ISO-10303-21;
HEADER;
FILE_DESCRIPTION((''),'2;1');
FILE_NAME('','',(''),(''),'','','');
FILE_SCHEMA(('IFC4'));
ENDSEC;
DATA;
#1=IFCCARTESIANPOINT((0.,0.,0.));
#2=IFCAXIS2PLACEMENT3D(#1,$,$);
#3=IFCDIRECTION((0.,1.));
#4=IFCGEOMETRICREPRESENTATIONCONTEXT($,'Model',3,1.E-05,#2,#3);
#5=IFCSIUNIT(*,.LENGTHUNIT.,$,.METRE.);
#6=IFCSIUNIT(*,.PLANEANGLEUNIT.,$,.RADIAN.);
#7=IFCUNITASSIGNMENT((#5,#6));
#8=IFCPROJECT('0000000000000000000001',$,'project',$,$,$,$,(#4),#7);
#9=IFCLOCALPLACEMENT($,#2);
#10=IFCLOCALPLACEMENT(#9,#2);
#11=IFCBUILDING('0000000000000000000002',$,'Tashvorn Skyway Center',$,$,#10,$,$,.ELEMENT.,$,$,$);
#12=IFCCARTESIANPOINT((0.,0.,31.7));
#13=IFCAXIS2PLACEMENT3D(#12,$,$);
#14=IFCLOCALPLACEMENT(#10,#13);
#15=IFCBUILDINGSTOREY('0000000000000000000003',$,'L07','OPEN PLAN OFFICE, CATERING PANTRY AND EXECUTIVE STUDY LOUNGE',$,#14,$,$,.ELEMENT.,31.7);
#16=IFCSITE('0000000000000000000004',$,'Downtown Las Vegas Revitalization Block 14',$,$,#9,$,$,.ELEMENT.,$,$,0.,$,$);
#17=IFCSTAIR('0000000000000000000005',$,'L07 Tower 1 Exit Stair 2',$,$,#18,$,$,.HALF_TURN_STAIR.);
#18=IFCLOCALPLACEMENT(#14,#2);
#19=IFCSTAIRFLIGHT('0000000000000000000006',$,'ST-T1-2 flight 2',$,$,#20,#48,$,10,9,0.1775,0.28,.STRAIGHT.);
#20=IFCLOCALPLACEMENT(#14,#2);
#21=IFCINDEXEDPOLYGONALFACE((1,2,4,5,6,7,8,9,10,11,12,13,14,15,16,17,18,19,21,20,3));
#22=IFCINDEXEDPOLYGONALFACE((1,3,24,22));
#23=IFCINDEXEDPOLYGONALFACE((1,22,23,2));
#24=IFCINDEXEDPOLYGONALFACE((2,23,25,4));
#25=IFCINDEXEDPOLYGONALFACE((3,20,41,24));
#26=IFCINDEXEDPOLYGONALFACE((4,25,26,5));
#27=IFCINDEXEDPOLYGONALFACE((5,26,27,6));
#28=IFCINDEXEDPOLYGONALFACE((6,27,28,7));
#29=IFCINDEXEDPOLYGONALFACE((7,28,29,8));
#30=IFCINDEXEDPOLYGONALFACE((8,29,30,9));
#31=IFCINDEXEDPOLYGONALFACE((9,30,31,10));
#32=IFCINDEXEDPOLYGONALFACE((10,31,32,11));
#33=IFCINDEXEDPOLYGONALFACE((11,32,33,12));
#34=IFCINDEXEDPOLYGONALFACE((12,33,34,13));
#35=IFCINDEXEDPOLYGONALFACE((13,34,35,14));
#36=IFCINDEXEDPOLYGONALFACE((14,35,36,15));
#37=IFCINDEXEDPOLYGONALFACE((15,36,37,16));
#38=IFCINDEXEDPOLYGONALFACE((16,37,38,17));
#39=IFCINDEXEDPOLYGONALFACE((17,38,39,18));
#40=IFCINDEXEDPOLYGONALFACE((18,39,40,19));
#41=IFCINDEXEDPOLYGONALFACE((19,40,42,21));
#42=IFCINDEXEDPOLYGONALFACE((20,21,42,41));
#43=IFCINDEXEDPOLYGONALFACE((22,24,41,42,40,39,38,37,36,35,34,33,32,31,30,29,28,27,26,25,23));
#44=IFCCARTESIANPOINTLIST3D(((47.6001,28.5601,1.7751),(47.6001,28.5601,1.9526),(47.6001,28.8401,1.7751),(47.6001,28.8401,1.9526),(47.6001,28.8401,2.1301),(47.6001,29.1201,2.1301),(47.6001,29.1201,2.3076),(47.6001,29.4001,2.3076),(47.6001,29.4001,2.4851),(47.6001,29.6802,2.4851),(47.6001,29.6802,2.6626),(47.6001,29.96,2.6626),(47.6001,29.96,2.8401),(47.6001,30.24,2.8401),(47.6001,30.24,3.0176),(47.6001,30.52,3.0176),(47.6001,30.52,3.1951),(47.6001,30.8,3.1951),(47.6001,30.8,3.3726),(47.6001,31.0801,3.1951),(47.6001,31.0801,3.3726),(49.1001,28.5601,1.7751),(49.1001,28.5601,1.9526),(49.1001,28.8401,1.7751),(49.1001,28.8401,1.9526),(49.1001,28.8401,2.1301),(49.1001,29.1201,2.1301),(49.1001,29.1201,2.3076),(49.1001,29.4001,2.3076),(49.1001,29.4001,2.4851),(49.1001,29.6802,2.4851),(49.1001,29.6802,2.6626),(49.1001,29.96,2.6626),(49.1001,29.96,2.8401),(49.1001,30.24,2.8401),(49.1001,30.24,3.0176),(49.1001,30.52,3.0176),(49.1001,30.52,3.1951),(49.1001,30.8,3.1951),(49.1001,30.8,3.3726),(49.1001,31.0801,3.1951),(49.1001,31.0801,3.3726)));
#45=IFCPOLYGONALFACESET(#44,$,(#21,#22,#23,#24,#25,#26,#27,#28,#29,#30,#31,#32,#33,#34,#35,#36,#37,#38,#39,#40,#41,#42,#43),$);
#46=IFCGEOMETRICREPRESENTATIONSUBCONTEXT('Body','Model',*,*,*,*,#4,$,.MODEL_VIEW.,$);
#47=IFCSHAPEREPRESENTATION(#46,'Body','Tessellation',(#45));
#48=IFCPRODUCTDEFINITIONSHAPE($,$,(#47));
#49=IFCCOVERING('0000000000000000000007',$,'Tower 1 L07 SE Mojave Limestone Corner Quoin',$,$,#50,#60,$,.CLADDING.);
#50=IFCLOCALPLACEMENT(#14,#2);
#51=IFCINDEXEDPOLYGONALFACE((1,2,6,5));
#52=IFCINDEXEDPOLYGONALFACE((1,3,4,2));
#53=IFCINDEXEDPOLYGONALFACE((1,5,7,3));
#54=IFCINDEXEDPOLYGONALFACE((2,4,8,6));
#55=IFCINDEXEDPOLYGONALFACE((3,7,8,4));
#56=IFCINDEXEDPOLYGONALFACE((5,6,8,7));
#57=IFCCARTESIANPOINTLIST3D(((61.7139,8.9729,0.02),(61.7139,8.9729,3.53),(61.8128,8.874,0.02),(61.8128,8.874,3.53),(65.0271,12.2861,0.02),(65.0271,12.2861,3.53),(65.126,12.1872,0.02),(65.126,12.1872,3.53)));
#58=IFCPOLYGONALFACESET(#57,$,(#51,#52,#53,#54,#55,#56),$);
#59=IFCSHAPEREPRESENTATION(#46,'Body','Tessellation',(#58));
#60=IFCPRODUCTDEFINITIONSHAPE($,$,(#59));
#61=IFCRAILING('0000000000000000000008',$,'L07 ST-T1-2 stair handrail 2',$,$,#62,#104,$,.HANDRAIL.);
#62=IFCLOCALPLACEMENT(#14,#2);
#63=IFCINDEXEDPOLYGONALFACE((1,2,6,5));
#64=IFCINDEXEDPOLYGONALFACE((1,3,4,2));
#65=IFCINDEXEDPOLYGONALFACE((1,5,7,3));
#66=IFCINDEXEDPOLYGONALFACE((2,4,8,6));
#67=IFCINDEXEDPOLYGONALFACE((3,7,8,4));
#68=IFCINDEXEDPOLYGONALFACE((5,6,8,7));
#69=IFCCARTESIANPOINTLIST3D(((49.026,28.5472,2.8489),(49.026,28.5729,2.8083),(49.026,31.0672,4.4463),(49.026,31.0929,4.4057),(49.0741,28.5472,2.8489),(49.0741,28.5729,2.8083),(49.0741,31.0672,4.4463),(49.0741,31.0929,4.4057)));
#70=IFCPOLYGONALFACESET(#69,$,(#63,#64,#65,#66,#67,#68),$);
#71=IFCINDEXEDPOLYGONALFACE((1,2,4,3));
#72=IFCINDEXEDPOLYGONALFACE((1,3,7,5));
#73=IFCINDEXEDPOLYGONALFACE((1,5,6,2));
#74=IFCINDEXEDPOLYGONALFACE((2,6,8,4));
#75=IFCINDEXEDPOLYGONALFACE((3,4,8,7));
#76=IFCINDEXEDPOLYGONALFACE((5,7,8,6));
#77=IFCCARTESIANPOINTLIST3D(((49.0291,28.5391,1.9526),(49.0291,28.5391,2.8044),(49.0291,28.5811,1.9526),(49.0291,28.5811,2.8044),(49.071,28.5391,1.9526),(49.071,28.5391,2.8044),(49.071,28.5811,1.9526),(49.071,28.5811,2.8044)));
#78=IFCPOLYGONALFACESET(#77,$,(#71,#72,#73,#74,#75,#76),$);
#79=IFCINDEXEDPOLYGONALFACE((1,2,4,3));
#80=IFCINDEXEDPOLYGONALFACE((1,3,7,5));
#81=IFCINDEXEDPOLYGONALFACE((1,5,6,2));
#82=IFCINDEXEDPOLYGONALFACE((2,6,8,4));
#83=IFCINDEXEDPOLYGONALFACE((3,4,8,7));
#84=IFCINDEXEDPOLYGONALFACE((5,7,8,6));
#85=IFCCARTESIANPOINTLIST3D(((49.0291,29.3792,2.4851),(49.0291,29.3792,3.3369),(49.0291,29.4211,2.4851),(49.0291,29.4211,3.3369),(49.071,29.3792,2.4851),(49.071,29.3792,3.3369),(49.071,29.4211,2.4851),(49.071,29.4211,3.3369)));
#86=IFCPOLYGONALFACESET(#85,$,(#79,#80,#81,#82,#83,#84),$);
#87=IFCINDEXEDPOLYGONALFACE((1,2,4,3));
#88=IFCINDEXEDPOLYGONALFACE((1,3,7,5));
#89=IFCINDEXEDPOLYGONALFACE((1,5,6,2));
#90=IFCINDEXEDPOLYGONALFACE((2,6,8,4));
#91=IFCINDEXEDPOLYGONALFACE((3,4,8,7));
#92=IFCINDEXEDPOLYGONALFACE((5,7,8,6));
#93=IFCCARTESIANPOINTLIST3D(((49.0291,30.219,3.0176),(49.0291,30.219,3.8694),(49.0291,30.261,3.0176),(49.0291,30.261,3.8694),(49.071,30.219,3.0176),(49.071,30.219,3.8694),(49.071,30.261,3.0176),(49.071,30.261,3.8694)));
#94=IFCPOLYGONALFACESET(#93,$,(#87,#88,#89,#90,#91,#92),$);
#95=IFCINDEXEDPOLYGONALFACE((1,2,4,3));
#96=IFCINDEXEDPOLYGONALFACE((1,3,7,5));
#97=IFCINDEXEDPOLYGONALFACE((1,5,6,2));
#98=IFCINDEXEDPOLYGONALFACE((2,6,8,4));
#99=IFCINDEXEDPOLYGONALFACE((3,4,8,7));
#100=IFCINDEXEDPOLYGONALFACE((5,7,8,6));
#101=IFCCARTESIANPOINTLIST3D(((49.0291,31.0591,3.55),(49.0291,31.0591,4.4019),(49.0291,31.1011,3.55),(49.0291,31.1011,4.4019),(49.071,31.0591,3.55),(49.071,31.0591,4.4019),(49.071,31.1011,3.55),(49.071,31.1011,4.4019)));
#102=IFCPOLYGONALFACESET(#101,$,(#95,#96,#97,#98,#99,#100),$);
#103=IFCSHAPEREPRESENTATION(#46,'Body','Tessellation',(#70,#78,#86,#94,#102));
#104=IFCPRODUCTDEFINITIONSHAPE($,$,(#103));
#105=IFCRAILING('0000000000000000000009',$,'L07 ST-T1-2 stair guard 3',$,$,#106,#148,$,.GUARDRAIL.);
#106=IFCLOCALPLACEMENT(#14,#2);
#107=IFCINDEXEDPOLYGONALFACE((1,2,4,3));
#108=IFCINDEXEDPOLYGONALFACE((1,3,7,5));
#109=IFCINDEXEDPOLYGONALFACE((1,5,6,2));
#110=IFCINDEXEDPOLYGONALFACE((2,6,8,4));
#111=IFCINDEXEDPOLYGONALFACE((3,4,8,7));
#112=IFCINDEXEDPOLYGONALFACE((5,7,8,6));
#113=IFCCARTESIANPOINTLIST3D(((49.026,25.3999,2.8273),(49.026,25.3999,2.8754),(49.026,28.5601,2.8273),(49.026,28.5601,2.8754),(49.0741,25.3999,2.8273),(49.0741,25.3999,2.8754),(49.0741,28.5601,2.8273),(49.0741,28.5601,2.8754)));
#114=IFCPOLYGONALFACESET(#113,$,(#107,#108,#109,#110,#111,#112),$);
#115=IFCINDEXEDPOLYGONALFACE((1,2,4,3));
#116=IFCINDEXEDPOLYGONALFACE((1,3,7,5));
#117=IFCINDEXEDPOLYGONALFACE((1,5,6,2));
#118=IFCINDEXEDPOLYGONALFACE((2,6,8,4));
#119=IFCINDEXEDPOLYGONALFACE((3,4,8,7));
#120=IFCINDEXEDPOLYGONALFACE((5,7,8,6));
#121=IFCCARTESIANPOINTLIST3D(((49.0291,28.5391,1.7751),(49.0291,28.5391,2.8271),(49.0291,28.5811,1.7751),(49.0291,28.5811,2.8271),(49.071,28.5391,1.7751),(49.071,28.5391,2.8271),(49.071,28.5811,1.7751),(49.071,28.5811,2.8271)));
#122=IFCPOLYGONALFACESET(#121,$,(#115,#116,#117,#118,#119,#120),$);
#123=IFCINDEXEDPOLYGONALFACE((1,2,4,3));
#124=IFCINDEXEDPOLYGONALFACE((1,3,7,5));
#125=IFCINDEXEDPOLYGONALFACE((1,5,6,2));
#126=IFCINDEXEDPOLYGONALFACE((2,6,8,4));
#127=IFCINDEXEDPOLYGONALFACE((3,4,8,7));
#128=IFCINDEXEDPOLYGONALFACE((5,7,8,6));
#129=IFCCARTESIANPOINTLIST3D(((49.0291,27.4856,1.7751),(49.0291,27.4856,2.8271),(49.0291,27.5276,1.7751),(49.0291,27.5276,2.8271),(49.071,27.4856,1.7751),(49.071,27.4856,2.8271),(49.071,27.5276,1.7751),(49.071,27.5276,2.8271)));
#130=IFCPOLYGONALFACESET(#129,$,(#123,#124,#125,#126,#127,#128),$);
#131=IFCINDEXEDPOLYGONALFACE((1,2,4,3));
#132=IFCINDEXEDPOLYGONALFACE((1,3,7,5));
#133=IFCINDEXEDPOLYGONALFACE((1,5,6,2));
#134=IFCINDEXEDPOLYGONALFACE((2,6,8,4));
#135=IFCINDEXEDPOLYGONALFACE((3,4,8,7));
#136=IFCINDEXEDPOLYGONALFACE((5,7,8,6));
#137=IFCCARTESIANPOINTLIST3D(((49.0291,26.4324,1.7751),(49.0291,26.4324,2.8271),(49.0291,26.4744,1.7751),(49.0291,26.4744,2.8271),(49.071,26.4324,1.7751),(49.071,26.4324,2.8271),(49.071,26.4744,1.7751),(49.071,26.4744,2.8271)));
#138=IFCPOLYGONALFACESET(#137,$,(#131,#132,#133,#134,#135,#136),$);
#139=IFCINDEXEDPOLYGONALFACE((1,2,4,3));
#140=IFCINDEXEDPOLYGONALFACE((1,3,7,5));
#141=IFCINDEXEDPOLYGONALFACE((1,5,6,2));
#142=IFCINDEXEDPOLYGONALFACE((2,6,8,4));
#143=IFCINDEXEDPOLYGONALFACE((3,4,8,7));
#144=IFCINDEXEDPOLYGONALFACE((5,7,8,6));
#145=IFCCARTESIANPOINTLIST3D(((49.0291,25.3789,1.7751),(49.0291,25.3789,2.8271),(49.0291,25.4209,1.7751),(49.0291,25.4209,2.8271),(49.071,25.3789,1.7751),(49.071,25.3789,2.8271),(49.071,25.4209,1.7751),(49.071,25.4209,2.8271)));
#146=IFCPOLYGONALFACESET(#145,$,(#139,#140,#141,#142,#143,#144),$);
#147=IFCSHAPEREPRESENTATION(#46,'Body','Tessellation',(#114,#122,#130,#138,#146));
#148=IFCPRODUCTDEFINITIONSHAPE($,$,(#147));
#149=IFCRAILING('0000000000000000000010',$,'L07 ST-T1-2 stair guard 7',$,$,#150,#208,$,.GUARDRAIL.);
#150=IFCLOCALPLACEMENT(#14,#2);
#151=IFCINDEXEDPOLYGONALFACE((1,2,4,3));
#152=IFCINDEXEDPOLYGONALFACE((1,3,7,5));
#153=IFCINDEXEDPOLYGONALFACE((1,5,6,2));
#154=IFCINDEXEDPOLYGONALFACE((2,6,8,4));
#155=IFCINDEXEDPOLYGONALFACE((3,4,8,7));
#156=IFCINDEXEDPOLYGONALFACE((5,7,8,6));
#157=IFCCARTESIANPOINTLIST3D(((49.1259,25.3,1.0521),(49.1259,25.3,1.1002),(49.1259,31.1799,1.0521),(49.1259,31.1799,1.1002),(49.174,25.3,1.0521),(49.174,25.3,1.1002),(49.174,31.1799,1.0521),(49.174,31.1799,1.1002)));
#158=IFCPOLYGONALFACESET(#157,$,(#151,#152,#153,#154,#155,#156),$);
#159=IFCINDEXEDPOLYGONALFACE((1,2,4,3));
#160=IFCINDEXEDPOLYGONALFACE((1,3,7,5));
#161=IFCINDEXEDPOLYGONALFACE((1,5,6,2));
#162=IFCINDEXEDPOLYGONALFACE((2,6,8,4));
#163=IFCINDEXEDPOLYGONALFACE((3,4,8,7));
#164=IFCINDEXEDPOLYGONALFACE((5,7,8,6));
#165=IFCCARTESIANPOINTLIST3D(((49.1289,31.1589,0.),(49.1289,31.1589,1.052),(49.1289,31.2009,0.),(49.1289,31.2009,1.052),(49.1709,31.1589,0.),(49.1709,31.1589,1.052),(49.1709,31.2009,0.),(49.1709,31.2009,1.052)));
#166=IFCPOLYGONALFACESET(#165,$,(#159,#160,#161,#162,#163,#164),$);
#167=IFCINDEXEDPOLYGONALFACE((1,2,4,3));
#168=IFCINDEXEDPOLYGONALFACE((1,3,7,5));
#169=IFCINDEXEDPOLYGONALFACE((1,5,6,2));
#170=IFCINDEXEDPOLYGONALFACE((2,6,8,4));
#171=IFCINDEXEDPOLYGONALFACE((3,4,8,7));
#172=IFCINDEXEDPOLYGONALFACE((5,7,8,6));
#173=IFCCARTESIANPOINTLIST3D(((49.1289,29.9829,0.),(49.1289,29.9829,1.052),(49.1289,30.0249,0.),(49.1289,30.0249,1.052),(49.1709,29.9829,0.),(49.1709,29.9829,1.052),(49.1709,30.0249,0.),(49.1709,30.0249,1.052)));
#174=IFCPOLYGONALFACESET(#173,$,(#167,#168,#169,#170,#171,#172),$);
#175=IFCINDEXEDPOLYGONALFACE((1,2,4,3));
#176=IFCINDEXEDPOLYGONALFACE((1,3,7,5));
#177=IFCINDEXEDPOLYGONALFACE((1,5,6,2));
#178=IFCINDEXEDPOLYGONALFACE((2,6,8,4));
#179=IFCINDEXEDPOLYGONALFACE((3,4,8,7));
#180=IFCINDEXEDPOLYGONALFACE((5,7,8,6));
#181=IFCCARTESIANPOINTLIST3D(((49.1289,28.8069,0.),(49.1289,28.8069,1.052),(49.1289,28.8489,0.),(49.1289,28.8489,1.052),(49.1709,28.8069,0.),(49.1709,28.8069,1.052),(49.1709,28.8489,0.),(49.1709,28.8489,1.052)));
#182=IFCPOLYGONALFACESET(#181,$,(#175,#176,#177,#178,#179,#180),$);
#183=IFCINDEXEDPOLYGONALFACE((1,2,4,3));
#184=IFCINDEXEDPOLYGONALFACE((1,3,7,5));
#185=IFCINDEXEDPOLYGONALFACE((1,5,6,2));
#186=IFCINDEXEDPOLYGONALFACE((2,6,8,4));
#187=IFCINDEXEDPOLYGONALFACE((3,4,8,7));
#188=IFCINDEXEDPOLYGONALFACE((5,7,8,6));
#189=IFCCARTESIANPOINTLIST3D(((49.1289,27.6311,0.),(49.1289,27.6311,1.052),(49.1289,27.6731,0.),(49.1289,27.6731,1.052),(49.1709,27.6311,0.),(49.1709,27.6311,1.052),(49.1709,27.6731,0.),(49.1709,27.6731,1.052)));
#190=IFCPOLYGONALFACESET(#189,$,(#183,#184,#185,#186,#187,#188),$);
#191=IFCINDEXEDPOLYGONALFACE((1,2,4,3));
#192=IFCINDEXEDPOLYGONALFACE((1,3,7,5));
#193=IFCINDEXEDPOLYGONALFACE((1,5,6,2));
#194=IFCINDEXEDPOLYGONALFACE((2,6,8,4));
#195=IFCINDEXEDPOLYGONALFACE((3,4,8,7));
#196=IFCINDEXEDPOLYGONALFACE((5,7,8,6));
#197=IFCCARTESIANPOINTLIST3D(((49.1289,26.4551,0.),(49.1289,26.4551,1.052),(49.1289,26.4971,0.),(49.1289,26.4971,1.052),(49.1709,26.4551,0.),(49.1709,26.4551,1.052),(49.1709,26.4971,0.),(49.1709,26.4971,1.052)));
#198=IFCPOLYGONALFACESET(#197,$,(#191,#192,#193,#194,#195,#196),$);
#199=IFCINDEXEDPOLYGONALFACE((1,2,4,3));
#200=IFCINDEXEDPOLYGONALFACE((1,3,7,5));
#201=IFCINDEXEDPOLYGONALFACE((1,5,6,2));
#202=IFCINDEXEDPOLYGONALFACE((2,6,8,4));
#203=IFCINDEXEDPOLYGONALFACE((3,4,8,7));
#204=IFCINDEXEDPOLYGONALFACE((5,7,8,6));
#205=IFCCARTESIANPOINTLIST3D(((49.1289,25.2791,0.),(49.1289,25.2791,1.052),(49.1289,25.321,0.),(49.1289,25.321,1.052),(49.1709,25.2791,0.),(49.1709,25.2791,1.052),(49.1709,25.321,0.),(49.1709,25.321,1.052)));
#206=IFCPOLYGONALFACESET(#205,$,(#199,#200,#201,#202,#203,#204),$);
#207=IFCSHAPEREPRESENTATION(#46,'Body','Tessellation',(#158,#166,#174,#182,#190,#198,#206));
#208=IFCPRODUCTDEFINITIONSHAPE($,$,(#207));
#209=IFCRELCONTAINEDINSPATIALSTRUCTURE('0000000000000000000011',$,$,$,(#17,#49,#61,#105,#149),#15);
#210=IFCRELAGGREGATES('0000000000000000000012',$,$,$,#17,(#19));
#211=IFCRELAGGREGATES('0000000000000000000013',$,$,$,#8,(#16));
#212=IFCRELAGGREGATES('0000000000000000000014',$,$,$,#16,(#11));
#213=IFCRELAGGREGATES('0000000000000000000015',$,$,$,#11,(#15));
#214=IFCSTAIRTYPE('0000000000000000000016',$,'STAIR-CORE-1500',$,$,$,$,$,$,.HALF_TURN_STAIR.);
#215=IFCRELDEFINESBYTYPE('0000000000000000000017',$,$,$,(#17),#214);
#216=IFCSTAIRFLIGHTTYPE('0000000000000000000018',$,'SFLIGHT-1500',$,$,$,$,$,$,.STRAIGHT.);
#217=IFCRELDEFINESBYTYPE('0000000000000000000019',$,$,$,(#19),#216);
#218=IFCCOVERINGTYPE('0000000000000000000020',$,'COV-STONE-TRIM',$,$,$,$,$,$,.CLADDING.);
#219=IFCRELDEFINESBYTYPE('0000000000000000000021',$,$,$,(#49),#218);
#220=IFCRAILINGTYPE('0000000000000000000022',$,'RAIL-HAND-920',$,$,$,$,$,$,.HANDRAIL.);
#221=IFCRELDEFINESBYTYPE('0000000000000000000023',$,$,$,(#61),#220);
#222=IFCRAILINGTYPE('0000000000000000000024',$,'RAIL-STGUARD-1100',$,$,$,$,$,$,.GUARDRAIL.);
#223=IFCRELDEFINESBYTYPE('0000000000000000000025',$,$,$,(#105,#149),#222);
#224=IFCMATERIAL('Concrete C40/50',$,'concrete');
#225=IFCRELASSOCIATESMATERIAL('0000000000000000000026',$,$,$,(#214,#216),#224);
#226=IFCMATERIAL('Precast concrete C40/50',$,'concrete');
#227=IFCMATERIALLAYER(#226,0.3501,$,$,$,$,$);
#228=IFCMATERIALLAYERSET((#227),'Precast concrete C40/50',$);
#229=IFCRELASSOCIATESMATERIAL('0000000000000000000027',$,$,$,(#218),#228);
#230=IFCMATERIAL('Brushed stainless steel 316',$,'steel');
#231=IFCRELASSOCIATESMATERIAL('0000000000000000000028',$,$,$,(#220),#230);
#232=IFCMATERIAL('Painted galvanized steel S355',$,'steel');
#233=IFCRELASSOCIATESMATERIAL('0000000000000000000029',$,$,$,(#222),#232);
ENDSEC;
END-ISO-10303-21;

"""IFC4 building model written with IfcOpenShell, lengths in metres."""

from ifc_helpers import new_model, si_unit, direction, frame, origin, origin_2d, place, context, subcontext, project, spatial, polyline, rectangle, outline, extrude, material, layer, layer_set, type_object, element, aggregate, save


model = new_model("IFC4")

# Units and contexts
model_context = context("Model", 3, precision=1e-05, world=origin(), true_north=direction((0.0, 1.0)))
body_context = subcontext(model_context, "Body", "Model", "MODEL_VIEW")
ifc_project = project(units=[si_unit("LENGTHUNIT", "METRE"), si_unit("PLANEANGLEUNIT", "RADIAN")], contexts=[model_context])

# Site, building, storey
site_placement = place(None, origin())
site = spatial("IfcSite", under=ifc_project, at=site_placement, Name="Downtown Las Vegas Revitalization Block 14", CompositionType="ELEMENT", RefElevation=0.0)
building_placement = place(site_placement, origin())
building = spatial("IfcBuilding", under=site, at=building_placement, Name="Tashvorn Skyway Center", CompositionType="ELEMENT")
storey_placement = place(building_placement, frame((0.0, 0.0, 31.7)))
storey = spatial("IfcBuildingStorey", under=building, at=storey_placement, Name="L07", Description="OPEN PLAN OFFICE, CATERING PANTRY AND EXECUTIVE STUDY LOUNGE", CompositionType="ELEMENT", Elevation=31.7)

# Stair, stair flight
ifc_material_1 = material(Name="Concrete C40/50", Category="concrete")
stair_type = type_object("IfcStairType", Name="STAIR-CORE-1500", PredefinedType="HALF_TURN_STAIR", material=ifc_material_1)
stair_placement = place(storey_placement, origin())
stair = element("IfcStair", 1, at=stair_placement, inside=storey, type_object=stair_type, Name="L07 Tower 1 Exit Stair 2", PredefinedType="HALF_TURN_STAIR")
stair_flight_type = type_object("IfcStairFlightType", Name="SFLIGHT-1500", PredefinedType="STRAIGHT", material=ifc_material_1)
stair_flight_placement = place(storey_placement, frame((48.3501, 28.5601, 1.7751), z_axis=(0.0, 0.0, 1.0), x_axis=(0.0, 1.0, 0.0)))
stair_flight = element("IfcStairFlight", 2, at=stair_flight_placement, type_object=stair_flight_type, Name="ST-T1-2 flight 2", NumberOfRisers=10, NumberOfTreads=9, PredefinedType="STRAIGHT", RiserHeight=0.1775, TreadLength=0.28, context=body_context, shape_type="SweptSolid", body=[
    extrude(outline(polyline([(0.0, 0.0), (0.0, 0.1775), (0.28, 0.1775), (0.28, 0.355), (0.5601, 0.355), (0.5601, 0.5325), (0.8401, 0.5325), (0.8401, 0.71), (1.1201, 0.71), (1.1201, 0.8875), (1.3999, 0.8875), (1.3999, 1.0649), (1.6799, 1.0649), (1.6799, 1.2424), (1.96, 1.2424), (1.96, 1.4199), (2.24, 1.4199), (2.24, 1.5974), (2.52, 1.5974), (2.52, 1.7749), (2.52, 1.4199), (0.28, 0.0), (0.0, 0.0)])), frame((0.0, 0.75, 0.0), z_axis=(0.0, -1.0, 0.0), x_axis=(1.0, 0.0, 0.0)), (0.0, 0.0, 1.0), 1.5),
])
aggregate(stair, [stair_flight])

# Covering
ifc_material_2 = material(Name="Precast concrete C40/50", Category="concrete")
ifc_layer_1 = layer(ifc_material_2, 0.3501)
ifc_layer_set_1 = layer_set([ifc_layer_1], Name="Precast concrete C40/50")
covering_type = type_object("IfcCoveringType", Name="COV-STONE-TRIM", PredefinedType="CLADDING", material=ifc_layer_set_1)
covering_placement = place(storey_placement, frame((63.4199, 10.5801, 0.02), z_axis=(0.0, 0.0, 1.0), x_axis=(0.707107, 0.707107, 0.0)))
element("IfcCovering", 3, at=covering_placement, inside=storey, type_object=covering_type, Name="Tower 1 L07 SE Mojave Limestone Corner Quoin", PredefinedType="CLADDING", context=body_context, shape_type="SweptSolid", body=[
    extrude(rectangle(XDim=4.6855, YDim=0.1399, at=origin_2d()), origin(), (0.0, 0.0, 1.0), 3.51),
])

# Railings
ifc_material_3 = material(Name="Brushed stainless steel 316", Category="steel")
railing_type_1 = type_object("IfcRailingType", Name="RAIL-HAND-920", PredefinedType="HANDRAIL", material=ifc_material_3)
railing_1_placement = place(storey_placement, frame((49.05, 28.5601, 1.9526)))
element("IfcRailing", 4, at=railing_1_placement, inside=storey, type_object=railing_type_1, Name="L07 ST-T1-2 stair handrail 2", PredefinedType="HANDRAIL", context=body_context, shape_type="SweptSolid", body=[
    extrude(rectangle(XDim=0.0481, YDim=0.0481, at=origin_2d()), frame((0.0, 0.0, 0.876), z_axis=(0.0, 0.844607, 0.535387), x_axis=(-1.0, 0.0, 0.0)), (0.0, 0.0, 1.0), 2.9836),
    extrude(rectangle(XDim=0.042, YDim=0.042, at=origin_2d()), origin(), (0.0, 0.0, 1.0), 0.8518),
    extrude(rectangle(XDim=0.042, YDim=0.042, at=origin_2d()), frame((0.0, 0.8401, 0.5325)), (0.0, 0.0, 1.0), 0.8518),
    extrude(rectangle(XDim=0.042, YDim=0.042, at=origin_2d()), frame((0.0, 1.6799, 1.0649)), (0.0, 0.0, 1.0), 0.8518),
    extrude(rectangle(XDim=0.042, YDim=0.042, at=origin_2d()), frame((0.0, 2.52, 1.5974)), (0.0, 0.0, 1.0), 0.8518),
])
ifc_material_4 = material(Name="Painted galvanized steel S355", Category="steel")
railing_type_2 = type_object("IfcRailingType", Name="RAIL-STGUARD-1100", PredefinedType="GUARDRAIL", material=ifc_material_4)
railing_2_placement = place(storey_placement, frame((49.05, 28.5601, 1.7751)))
element("IfcRailing", 5, at=railing_2_placement, inside=storey, type_object=railing_type_2, Name="L07 ST-T1-2 stair guard 3", PredefinedType="GUARDRAIL", context=body_context, shape_type="SweptSolid", body=[
    extrude(rectangle(XDim=0.0481, YDim=0.0481, at=origin_2d()), frame((0.0, 0.0, 1.0762), z_axis=(0.0, -1.0, 0.0), x_axis=(1.0, 0.0, 0.0)), (0.0, 0.0, 1.0), 3.1602),
    extrude(rectangle(XDim=0.042, YDim=0.042, at=origin_2d()), origin(), (0.0, 0.0, 1.0), 1.052),
    extrude(rectangle(XDim=0.042, YDim=0.042, at=origin_2d()), frame((0.0, -1.0535, 0.0)), (0.0, 0.0, 1.0), 1.052),
    extrude(rectangle(XDim=0.042, YDim=0.042, at=origin_2d()), frame((0.0, -2.1067, 0.0)), (0.0, 0.0, 1.0), 1.052),
    extrude(rectangle(XDim=0.042, YDim=0.042, at=origin_2d()), frame((0.0, -3.1602, 0.0)), (0.0, 0.0, 1.0), 1.052),
])
railing_3_placement = place(storey_placement, frame((49.1499, 31.1799, 0.0)))
element("IfcRailing", 6, at=railing_3_placement, inside=storey, type_object=railing_type_2, Name="L07 ST-T1-2 stair guard 7", PredefinedType="GUARDRAIL", context=body_context, shape_type="SweptSolid", body=[
    extrude(rectangle(XDim=0.0481, YDim=0.0481, at=origin_2d()), frame((0.0, 0.0, 1.0762), z_axis=(0.0, -1.0, 0.0), x_axis=(1.0, 0.0, 0.0)), (0.0, 0.0, 1.0), 5.8799),
    extrude(rectangle(XDim=0.042, YDim=0.042, at=origin_2d()), origin(), (0.0, 0.0, 1.0), 1.052),
    extrude(rectangle(XDim=0.042, YDim=0.042, at=origin_2d()), frame((0.0, -1.176, 0.0)), (0.0, 0.0, 1.0), 1.052),
    extrude(rectangle(XDim=0.042, YDim=0.042, at=origin_2d()), frame((0.0, -2.3521, 0.0)), (0.0, 0.0, 1.0), 1.052),
    extrude(rectangle(XDim=0.042, YDim=0.042, at=origin_2d()), frame((0.0, -3.5278, 0.0)), (0.0, 0.0, 1.0), 1.052),
    extrude(rectangle(XDim=0.042, YDim=0.042, at=origin_2d()), frame((0.0, -4.7039, 0.0)), (0.0, 0.0, 1.0), 1.052),
    extrude(rectangle(XDim=0.042, YDim=0.042, at=origin_2d()), frame((0.0, -5.8799, 0.0)), (0.0, 0.0, 1.0), 1.052),
])

save(model, "model.ifc")
